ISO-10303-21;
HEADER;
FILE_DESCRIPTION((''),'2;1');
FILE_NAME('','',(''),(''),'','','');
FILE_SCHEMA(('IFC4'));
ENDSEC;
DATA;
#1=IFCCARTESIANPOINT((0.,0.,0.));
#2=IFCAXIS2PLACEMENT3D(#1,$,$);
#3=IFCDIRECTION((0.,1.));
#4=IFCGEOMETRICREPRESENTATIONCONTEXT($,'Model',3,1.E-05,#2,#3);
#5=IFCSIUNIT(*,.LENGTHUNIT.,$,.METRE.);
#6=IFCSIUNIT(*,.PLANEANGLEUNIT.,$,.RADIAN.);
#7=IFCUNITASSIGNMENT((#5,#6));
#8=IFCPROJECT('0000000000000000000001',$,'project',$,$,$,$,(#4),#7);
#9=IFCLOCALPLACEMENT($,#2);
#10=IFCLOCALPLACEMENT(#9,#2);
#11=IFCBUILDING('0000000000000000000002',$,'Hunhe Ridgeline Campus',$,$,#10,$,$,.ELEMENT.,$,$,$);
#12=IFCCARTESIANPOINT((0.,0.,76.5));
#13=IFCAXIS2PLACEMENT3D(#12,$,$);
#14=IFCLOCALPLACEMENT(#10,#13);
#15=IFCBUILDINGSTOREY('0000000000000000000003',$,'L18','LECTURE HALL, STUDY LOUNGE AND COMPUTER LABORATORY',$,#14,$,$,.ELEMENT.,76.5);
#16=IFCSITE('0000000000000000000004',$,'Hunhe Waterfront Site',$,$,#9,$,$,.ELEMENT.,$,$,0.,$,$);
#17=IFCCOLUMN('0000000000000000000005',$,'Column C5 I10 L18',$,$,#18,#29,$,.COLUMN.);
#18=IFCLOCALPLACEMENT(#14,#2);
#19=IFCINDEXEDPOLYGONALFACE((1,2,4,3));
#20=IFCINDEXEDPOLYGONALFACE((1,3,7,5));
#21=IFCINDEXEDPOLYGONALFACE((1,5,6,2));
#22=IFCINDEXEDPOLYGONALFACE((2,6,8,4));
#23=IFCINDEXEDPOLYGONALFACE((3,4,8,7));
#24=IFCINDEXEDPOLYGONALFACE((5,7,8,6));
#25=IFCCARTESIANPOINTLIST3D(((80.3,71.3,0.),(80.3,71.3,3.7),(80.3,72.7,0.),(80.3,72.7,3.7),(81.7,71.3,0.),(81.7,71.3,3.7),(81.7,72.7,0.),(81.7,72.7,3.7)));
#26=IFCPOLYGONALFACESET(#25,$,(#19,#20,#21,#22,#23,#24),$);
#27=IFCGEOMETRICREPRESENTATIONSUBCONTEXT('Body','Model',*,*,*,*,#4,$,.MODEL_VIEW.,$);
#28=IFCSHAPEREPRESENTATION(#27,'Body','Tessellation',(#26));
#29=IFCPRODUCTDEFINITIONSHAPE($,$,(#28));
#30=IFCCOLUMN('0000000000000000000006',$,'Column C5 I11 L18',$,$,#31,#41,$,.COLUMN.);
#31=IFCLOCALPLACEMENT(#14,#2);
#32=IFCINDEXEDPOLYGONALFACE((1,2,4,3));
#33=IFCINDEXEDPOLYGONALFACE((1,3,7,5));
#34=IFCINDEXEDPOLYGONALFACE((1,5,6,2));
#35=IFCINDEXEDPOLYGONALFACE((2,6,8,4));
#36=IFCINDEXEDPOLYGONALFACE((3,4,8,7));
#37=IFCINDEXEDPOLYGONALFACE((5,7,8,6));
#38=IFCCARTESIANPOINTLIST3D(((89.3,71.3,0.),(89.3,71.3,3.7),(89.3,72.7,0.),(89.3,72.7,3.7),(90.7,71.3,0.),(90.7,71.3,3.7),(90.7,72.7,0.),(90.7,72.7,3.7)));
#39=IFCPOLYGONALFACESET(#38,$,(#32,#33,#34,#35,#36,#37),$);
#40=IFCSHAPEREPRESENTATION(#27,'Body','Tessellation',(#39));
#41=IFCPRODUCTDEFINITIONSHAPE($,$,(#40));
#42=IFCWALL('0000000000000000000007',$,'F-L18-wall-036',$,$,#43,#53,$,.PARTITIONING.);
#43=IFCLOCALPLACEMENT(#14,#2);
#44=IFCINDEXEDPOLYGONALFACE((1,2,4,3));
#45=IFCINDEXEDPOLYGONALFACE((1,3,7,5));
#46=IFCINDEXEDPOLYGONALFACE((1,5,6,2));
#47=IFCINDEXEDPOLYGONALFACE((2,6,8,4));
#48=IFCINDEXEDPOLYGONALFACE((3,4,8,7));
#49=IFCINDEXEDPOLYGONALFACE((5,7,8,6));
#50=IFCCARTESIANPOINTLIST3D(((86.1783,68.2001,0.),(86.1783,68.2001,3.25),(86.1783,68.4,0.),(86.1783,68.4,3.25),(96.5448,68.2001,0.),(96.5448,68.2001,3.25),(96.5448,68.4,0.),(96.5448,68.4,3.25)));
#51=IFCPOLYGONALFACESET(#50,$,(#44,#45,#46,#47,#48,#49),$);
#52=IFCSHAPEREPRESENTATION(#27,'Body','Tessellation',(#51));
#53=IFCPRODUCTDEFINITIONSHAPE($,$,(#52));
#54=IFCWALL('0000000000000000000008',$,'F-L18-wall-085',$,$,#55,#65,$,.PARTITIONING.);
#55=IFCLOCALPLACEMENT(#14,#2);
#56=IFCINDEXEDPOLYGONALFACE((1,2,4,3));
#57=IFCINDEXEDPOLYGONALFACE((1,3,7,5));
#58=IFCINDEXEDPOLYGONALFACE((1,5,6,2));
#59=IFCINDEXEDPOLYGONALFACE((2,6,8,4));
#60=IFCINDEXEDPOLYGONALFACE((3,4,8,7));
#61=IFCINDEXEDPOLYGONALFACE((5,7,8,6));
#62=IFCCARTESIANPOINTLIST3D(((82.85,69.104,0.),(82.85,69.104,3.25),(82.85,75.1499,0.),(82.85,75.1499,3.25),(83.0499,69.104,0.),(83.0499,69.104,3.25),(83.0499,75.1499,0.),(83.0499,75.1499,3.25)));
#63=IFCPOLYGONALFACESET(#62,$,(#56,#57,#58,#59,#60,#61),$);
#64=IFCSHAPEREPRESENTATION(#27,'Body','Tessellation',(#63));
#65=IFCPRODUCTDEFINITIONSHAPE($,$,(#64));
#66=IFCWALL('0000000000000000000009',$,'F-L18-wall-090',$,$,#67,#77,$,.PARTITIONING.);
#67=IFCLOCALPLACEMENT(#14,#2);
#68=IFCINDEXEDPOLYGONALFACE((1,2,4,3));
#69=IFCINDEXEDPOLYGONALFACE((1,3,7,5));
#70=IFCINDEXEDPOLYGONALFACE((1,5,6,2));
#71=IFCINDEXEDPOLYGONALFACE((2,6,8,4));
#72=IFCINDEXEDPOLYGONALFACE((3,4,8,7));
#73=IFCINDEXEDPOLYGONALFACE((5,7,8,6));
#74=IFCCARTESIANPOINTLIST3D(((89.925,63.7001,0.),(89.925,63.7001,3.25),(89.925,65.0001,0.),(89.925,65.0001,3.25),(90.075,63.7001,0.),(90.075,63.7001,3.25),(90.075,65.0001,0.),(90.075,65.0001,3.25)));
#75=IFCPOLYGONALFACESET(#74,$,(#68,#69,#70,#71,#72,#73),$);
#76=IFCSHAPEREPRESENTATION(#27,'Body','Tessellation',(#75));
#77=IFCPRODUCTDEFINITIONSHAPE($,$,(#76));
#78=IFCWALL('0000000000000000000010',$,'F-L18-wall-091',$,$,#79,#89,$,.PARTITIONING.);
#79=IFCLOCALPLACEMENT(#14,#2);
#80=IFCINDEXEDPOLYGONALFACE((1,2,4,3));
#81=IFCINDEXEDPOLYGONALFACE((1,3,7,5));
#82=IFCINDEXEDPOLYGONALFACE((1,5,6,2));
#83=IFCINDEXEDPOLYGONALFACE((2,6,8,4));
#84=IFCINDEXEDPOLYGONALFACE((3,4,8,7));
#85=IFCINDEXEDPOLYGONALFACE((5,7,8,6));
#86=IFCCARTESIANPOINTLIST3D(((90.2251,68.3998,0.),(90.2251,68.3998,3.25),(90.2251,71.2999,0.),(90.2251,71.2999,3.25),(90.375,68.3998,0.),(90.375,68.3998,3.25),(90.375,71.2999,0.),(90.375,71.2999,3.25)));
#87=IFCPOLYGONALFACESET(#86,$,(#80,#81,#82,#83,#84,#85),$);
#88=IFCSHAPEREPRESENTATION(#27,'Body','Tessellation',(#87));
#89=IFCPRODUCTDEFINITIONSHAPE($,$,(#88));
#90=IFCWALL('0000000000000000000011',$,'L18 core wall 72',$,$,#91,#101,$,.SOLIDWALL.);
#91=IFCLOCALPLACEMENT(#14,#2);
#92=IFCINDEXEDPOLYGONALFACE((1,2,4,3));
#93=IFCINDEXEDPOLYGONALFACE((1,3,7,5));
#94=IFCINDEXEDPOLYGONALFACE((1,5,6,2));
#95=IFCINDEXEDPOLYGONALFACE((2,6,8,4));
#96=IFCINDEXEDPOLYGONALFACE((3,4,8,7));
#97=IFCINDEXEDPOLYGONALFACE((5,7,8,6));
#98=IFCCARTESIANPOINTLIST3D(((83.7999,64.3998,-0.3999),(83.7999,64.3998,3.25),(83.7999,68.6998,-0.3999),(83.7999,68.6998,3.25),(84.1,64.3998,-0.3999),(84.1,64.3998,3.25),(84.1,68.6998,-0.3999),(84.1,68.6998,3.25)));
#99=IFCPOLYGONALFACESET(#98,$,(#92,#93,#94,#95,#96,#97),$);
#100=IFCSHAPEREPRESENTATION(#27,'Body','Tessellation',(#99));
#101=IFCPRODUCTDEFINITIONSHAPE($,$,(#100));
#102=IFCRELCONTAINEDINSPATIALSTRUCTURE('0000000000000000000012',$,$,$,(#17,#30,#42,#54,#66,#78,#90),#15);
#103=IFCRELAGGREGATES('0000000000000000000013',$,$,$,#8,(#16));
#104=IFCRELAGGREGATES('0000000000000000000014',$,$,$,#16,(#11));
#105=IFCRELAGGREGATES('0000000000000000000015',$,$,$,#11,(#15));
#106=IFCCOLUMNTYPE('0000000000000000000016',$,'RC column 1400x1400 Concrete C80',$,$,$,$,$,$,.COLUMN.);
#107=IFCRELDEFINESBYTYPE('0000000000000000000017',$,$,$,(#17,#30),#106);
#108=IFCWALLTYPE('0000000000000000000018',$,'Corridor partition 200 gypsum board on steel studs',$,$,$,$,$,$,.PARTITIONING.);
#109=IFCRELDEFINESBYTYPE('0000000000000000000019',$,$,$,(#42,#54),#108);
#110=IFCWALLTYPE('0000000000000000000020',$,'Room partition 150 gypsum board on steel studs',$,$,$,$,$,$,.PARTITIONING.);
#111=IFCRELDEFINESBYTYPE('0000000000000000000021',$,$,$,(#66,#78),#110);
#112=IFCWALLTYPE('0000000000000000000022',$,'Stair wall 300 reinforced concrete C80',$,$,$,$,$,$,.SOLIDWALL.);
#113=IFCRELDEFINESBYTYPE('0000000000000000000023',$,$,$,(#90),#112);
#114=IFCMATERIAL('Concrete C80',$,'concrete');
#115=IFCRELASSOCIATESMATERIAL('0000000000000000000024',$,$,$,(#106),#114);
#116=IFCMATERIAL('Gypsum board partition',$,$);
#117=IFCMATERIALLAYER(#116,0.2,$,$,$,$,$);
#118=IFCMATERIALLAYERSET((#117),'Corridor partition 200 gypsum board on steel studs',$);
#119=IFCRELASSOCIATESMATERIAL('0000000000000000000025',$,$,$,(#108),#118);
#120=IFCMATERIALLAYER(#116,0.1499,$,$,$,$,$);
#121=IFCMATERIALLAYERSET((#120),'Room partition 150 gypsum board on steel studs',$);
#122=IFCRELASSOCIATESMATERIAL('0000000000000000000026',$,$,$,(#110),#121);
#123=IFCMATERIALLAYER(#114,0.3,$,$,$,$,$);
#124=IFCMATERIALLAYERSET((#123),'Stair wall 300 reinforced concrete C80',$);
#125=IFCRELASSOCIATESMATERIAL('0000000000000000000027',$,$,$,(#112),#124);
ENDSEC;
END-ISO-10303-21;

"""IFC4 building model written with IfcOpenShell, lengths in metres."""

from ifc_helpers import new_model, si_unit, direction, frame, frame_2d, origin, origin_2d, place, context, subcontext, project, spatial, rectangle, extrude, material, layer, layer_set, material_profile, profile_set, type_object, element, save


model = new_model("IFC4")

# Units and contexts
model_context = context("Model", 3, precision=1e-05, world=origin(), true_north=direction((0.0, 1.0)))
body_context = subcontext(model_context, "Body", "Model", "MODEL_VIEW")
ifc_project = project(units=[si_unit("LENGTHUNIT", "METRE"), si_unit("PLANEANGLEUNIT", "RADIAN")], contexts=[model_context])

# Site, building, storey
site_placement = place(None, origin())
site = spatial("IfcSite", under=ifc_project, at=site_placement, Name="Hunhe Waterfront Site", CompositionType="ELEMENT", RefElevation=0.0)
building_placement = place(site_placement, origin())
building = spatial("IfcBuilding", under=site, at=building_placement, Name="Hunhe Ridgeline Campus", CompositionType="ELEMENT")
storey_placement = place(building_placement, frame((0.0, 0.0, 76.5)))
storey = spatial("IfcBuildingStorey", under=building, at=storey_placement, Name="L18", Description="LECTURE HALL, STUDY LOUNGE AND COMPUTER LABORATORY", CompositionType="ELEMENT", Elevation=76.5)

# Columns
ifc_material_1 = material(Name="Concrete C80", Category="concrete")
ifc_material_profile = material_profile(ifc_material_1, rectangle(XDim=1.3999, YDim=1.3999, at=origin_2d()))
ifc_profile_set = profile_set([ifc_material_profile], Name="Concrete C80")
column_type = type_object("IfcColumnType", Name="RC column 1400x1400 Concrete C80", PredefinedType="COLUMN", material=ifc_profile_set)
for number, where, z_axis, x_axis, name in (
    (1, (81.0, 72.0, 0.0), (0.0, 0.0, 1.0), (1.0, 0.0, 0.0), "Column C5 I10 L18"),
    (2, (90.0, 72.0, 0.0), (0.0, 0.0, 1.0), (1.0, 0.0, 0.0), "Column C5 I11 L18"),
):
    element("IfcColumn", number, at=place(storey_placement, frame(where, z_axis=z_axis, x_axis=x_axis)), inside=storey, type_object=column_type, Name=name, PredefinedType="COLUMN", context=body_context, shape_type="SweptSolid", body=[
        extrude(rectangle(XDim=1.3999, YDim=1.3999, at=origin_2d()), origin(), (0.0, 0.0, 1.0), 3.7),
    ])

# Wall
ifc_material_2 = material(Name="Gypsum board partition")
ifc_layer_1 = layer(ifc_material_2, 0.2)
ifc_layer_set_1 = layer_set([ifc_layer_1], Name="Corridor partition 200 gypsum board on steel studs")
wall_type_1 = type_object("IfcWallType", Name="Corridor partition 200 gypsum board on steel studs", PredefinedType="PARTITIONING", material=ifc_layer_set_1)
wall_1_placement = place(storey_placement, frame((86.1785, 68.3, 0.0), z_axis=(0.0, 0.0, 1.0), x_axis=(1.0, 0.0, 0.0)))
element("IfcWall", 3, at=wall_1_placement, inside=storey, type_object=wall_type_1, Name="F-L18-wall-036", PredefinedType="PARTITIONING", context=body_context, shape_type="SweptSolid", body=[
    extrude(rectangle(XDim=10.3665, YDim=0.2, at=frame_2d((5.1831, 0.0))), origin(), (0.0, 0.0, 1.0), 3.25),
])

# Wall
wall_2_placement = place(storey_placement, frame((82.95, 69.104, 0.0), z_axis=(0.0, 0.0, 1.0), x_axis=(0.0, 1.0, 0.0)))
element("IfcWall", 4, at=wall_2_placement, inside=storey, type_object=wall_type_1, Name="F-L18-wall-085", PredefinedType="PARTITIONING", context=body_context, shape_type="SweptSolid", body=[
    extrude(rectangle(XDim=6.0459, YDim=0.2, at=frame_2d((3.0229, 0.0))), origin(), (0.0, 0.0, 1.0), 3.25),
])

# Walls
ifc_layer_2 = layer(ifc_material_2, 0.1499)
ifc_layer_set_2 = layer_set([ifc_layer_2], Name="Room partition 150 gypsum board on steel studs")
wall_type_2 = type_object("IfcWallType", Name="Room partition 150 gypsum board on steel studs", PredefinedType="PARTITIONING", material=ifc_layer_set_2)
wall_3_placement = place(storey_placement, frame((90.0, 65.0, 0.0), z_axis=(0.0, 0.0, 1.0), x_axis=(0.0, -1.0, 0.0)))
element("IfcWall", 5, at=wall_3_placement, inside=storey, type_object=wall_type_2, Name="F-L18-wall-090", PredefinedType="PARTITIONING", context=body_context, shape_type="SweptSolid", body=[
    extrude(rectangle(XDim=1.3, YDim=0.1499, at=frame_2d((0.6499, 0.0))), origin(), (0.0, 0.0, 1.0), 3.25),
])
wall_4_placement = place(storey_placement, frame((90.3, 71.3, 0.0), z_axis=(0.0, 0.0, 1.0), x_axis=(0.0, -1.0, 0.0)))
element("IfcWall", 6, at=wall_4_placement, inside=storey, type_object=wall_type_2, Name="F-L18-wall-091", PredefinedType="PARTITIONING", context=body_context, shape_type="SweptSolid", body=[
    extrude(rectangle(XDim=2.9001, YDim=0.1499, at=frame_2d((1.4502, 0.0))), origin(), (0.0, 0.0, 1.0), 3.25),
])
ifc_layer_3 = layer(ifc_material_1, 0.3)
ifc_layer_set_3 = layer_set([ifc_layer_3], Name="Stair wall 300 reinforced concrete C80")
wall_type_3 = type_object("IfcWallType", Name="Stair wall 300 reinforced concrete C80", PredefinedType="SOLIDWALL", material=ifc_layer_set_3)
wall_5_placement = place(storey_placement, frame((83.95, 64.3999, -0.3999), z_axis=(0.0, 0.0, 1.0), x_axis=(0.0, 1.0, 0.0)))
element("IfcWall", 7, at=wall_5_placement, inside=storey, type_object=wall_type_3, Name="L18 core wall 72", PredefinedType="SOLIDWALL", context=body_context, shape_type="SweptSolid", body=[
    extrude(rectangle(XDim=4.3, YDim=0.3, at=frame_2d((2.1499, 0.0))), origin(), (0.0, 0.0, 1.0), 3.6499),
])

save(model, "model.ifc")
